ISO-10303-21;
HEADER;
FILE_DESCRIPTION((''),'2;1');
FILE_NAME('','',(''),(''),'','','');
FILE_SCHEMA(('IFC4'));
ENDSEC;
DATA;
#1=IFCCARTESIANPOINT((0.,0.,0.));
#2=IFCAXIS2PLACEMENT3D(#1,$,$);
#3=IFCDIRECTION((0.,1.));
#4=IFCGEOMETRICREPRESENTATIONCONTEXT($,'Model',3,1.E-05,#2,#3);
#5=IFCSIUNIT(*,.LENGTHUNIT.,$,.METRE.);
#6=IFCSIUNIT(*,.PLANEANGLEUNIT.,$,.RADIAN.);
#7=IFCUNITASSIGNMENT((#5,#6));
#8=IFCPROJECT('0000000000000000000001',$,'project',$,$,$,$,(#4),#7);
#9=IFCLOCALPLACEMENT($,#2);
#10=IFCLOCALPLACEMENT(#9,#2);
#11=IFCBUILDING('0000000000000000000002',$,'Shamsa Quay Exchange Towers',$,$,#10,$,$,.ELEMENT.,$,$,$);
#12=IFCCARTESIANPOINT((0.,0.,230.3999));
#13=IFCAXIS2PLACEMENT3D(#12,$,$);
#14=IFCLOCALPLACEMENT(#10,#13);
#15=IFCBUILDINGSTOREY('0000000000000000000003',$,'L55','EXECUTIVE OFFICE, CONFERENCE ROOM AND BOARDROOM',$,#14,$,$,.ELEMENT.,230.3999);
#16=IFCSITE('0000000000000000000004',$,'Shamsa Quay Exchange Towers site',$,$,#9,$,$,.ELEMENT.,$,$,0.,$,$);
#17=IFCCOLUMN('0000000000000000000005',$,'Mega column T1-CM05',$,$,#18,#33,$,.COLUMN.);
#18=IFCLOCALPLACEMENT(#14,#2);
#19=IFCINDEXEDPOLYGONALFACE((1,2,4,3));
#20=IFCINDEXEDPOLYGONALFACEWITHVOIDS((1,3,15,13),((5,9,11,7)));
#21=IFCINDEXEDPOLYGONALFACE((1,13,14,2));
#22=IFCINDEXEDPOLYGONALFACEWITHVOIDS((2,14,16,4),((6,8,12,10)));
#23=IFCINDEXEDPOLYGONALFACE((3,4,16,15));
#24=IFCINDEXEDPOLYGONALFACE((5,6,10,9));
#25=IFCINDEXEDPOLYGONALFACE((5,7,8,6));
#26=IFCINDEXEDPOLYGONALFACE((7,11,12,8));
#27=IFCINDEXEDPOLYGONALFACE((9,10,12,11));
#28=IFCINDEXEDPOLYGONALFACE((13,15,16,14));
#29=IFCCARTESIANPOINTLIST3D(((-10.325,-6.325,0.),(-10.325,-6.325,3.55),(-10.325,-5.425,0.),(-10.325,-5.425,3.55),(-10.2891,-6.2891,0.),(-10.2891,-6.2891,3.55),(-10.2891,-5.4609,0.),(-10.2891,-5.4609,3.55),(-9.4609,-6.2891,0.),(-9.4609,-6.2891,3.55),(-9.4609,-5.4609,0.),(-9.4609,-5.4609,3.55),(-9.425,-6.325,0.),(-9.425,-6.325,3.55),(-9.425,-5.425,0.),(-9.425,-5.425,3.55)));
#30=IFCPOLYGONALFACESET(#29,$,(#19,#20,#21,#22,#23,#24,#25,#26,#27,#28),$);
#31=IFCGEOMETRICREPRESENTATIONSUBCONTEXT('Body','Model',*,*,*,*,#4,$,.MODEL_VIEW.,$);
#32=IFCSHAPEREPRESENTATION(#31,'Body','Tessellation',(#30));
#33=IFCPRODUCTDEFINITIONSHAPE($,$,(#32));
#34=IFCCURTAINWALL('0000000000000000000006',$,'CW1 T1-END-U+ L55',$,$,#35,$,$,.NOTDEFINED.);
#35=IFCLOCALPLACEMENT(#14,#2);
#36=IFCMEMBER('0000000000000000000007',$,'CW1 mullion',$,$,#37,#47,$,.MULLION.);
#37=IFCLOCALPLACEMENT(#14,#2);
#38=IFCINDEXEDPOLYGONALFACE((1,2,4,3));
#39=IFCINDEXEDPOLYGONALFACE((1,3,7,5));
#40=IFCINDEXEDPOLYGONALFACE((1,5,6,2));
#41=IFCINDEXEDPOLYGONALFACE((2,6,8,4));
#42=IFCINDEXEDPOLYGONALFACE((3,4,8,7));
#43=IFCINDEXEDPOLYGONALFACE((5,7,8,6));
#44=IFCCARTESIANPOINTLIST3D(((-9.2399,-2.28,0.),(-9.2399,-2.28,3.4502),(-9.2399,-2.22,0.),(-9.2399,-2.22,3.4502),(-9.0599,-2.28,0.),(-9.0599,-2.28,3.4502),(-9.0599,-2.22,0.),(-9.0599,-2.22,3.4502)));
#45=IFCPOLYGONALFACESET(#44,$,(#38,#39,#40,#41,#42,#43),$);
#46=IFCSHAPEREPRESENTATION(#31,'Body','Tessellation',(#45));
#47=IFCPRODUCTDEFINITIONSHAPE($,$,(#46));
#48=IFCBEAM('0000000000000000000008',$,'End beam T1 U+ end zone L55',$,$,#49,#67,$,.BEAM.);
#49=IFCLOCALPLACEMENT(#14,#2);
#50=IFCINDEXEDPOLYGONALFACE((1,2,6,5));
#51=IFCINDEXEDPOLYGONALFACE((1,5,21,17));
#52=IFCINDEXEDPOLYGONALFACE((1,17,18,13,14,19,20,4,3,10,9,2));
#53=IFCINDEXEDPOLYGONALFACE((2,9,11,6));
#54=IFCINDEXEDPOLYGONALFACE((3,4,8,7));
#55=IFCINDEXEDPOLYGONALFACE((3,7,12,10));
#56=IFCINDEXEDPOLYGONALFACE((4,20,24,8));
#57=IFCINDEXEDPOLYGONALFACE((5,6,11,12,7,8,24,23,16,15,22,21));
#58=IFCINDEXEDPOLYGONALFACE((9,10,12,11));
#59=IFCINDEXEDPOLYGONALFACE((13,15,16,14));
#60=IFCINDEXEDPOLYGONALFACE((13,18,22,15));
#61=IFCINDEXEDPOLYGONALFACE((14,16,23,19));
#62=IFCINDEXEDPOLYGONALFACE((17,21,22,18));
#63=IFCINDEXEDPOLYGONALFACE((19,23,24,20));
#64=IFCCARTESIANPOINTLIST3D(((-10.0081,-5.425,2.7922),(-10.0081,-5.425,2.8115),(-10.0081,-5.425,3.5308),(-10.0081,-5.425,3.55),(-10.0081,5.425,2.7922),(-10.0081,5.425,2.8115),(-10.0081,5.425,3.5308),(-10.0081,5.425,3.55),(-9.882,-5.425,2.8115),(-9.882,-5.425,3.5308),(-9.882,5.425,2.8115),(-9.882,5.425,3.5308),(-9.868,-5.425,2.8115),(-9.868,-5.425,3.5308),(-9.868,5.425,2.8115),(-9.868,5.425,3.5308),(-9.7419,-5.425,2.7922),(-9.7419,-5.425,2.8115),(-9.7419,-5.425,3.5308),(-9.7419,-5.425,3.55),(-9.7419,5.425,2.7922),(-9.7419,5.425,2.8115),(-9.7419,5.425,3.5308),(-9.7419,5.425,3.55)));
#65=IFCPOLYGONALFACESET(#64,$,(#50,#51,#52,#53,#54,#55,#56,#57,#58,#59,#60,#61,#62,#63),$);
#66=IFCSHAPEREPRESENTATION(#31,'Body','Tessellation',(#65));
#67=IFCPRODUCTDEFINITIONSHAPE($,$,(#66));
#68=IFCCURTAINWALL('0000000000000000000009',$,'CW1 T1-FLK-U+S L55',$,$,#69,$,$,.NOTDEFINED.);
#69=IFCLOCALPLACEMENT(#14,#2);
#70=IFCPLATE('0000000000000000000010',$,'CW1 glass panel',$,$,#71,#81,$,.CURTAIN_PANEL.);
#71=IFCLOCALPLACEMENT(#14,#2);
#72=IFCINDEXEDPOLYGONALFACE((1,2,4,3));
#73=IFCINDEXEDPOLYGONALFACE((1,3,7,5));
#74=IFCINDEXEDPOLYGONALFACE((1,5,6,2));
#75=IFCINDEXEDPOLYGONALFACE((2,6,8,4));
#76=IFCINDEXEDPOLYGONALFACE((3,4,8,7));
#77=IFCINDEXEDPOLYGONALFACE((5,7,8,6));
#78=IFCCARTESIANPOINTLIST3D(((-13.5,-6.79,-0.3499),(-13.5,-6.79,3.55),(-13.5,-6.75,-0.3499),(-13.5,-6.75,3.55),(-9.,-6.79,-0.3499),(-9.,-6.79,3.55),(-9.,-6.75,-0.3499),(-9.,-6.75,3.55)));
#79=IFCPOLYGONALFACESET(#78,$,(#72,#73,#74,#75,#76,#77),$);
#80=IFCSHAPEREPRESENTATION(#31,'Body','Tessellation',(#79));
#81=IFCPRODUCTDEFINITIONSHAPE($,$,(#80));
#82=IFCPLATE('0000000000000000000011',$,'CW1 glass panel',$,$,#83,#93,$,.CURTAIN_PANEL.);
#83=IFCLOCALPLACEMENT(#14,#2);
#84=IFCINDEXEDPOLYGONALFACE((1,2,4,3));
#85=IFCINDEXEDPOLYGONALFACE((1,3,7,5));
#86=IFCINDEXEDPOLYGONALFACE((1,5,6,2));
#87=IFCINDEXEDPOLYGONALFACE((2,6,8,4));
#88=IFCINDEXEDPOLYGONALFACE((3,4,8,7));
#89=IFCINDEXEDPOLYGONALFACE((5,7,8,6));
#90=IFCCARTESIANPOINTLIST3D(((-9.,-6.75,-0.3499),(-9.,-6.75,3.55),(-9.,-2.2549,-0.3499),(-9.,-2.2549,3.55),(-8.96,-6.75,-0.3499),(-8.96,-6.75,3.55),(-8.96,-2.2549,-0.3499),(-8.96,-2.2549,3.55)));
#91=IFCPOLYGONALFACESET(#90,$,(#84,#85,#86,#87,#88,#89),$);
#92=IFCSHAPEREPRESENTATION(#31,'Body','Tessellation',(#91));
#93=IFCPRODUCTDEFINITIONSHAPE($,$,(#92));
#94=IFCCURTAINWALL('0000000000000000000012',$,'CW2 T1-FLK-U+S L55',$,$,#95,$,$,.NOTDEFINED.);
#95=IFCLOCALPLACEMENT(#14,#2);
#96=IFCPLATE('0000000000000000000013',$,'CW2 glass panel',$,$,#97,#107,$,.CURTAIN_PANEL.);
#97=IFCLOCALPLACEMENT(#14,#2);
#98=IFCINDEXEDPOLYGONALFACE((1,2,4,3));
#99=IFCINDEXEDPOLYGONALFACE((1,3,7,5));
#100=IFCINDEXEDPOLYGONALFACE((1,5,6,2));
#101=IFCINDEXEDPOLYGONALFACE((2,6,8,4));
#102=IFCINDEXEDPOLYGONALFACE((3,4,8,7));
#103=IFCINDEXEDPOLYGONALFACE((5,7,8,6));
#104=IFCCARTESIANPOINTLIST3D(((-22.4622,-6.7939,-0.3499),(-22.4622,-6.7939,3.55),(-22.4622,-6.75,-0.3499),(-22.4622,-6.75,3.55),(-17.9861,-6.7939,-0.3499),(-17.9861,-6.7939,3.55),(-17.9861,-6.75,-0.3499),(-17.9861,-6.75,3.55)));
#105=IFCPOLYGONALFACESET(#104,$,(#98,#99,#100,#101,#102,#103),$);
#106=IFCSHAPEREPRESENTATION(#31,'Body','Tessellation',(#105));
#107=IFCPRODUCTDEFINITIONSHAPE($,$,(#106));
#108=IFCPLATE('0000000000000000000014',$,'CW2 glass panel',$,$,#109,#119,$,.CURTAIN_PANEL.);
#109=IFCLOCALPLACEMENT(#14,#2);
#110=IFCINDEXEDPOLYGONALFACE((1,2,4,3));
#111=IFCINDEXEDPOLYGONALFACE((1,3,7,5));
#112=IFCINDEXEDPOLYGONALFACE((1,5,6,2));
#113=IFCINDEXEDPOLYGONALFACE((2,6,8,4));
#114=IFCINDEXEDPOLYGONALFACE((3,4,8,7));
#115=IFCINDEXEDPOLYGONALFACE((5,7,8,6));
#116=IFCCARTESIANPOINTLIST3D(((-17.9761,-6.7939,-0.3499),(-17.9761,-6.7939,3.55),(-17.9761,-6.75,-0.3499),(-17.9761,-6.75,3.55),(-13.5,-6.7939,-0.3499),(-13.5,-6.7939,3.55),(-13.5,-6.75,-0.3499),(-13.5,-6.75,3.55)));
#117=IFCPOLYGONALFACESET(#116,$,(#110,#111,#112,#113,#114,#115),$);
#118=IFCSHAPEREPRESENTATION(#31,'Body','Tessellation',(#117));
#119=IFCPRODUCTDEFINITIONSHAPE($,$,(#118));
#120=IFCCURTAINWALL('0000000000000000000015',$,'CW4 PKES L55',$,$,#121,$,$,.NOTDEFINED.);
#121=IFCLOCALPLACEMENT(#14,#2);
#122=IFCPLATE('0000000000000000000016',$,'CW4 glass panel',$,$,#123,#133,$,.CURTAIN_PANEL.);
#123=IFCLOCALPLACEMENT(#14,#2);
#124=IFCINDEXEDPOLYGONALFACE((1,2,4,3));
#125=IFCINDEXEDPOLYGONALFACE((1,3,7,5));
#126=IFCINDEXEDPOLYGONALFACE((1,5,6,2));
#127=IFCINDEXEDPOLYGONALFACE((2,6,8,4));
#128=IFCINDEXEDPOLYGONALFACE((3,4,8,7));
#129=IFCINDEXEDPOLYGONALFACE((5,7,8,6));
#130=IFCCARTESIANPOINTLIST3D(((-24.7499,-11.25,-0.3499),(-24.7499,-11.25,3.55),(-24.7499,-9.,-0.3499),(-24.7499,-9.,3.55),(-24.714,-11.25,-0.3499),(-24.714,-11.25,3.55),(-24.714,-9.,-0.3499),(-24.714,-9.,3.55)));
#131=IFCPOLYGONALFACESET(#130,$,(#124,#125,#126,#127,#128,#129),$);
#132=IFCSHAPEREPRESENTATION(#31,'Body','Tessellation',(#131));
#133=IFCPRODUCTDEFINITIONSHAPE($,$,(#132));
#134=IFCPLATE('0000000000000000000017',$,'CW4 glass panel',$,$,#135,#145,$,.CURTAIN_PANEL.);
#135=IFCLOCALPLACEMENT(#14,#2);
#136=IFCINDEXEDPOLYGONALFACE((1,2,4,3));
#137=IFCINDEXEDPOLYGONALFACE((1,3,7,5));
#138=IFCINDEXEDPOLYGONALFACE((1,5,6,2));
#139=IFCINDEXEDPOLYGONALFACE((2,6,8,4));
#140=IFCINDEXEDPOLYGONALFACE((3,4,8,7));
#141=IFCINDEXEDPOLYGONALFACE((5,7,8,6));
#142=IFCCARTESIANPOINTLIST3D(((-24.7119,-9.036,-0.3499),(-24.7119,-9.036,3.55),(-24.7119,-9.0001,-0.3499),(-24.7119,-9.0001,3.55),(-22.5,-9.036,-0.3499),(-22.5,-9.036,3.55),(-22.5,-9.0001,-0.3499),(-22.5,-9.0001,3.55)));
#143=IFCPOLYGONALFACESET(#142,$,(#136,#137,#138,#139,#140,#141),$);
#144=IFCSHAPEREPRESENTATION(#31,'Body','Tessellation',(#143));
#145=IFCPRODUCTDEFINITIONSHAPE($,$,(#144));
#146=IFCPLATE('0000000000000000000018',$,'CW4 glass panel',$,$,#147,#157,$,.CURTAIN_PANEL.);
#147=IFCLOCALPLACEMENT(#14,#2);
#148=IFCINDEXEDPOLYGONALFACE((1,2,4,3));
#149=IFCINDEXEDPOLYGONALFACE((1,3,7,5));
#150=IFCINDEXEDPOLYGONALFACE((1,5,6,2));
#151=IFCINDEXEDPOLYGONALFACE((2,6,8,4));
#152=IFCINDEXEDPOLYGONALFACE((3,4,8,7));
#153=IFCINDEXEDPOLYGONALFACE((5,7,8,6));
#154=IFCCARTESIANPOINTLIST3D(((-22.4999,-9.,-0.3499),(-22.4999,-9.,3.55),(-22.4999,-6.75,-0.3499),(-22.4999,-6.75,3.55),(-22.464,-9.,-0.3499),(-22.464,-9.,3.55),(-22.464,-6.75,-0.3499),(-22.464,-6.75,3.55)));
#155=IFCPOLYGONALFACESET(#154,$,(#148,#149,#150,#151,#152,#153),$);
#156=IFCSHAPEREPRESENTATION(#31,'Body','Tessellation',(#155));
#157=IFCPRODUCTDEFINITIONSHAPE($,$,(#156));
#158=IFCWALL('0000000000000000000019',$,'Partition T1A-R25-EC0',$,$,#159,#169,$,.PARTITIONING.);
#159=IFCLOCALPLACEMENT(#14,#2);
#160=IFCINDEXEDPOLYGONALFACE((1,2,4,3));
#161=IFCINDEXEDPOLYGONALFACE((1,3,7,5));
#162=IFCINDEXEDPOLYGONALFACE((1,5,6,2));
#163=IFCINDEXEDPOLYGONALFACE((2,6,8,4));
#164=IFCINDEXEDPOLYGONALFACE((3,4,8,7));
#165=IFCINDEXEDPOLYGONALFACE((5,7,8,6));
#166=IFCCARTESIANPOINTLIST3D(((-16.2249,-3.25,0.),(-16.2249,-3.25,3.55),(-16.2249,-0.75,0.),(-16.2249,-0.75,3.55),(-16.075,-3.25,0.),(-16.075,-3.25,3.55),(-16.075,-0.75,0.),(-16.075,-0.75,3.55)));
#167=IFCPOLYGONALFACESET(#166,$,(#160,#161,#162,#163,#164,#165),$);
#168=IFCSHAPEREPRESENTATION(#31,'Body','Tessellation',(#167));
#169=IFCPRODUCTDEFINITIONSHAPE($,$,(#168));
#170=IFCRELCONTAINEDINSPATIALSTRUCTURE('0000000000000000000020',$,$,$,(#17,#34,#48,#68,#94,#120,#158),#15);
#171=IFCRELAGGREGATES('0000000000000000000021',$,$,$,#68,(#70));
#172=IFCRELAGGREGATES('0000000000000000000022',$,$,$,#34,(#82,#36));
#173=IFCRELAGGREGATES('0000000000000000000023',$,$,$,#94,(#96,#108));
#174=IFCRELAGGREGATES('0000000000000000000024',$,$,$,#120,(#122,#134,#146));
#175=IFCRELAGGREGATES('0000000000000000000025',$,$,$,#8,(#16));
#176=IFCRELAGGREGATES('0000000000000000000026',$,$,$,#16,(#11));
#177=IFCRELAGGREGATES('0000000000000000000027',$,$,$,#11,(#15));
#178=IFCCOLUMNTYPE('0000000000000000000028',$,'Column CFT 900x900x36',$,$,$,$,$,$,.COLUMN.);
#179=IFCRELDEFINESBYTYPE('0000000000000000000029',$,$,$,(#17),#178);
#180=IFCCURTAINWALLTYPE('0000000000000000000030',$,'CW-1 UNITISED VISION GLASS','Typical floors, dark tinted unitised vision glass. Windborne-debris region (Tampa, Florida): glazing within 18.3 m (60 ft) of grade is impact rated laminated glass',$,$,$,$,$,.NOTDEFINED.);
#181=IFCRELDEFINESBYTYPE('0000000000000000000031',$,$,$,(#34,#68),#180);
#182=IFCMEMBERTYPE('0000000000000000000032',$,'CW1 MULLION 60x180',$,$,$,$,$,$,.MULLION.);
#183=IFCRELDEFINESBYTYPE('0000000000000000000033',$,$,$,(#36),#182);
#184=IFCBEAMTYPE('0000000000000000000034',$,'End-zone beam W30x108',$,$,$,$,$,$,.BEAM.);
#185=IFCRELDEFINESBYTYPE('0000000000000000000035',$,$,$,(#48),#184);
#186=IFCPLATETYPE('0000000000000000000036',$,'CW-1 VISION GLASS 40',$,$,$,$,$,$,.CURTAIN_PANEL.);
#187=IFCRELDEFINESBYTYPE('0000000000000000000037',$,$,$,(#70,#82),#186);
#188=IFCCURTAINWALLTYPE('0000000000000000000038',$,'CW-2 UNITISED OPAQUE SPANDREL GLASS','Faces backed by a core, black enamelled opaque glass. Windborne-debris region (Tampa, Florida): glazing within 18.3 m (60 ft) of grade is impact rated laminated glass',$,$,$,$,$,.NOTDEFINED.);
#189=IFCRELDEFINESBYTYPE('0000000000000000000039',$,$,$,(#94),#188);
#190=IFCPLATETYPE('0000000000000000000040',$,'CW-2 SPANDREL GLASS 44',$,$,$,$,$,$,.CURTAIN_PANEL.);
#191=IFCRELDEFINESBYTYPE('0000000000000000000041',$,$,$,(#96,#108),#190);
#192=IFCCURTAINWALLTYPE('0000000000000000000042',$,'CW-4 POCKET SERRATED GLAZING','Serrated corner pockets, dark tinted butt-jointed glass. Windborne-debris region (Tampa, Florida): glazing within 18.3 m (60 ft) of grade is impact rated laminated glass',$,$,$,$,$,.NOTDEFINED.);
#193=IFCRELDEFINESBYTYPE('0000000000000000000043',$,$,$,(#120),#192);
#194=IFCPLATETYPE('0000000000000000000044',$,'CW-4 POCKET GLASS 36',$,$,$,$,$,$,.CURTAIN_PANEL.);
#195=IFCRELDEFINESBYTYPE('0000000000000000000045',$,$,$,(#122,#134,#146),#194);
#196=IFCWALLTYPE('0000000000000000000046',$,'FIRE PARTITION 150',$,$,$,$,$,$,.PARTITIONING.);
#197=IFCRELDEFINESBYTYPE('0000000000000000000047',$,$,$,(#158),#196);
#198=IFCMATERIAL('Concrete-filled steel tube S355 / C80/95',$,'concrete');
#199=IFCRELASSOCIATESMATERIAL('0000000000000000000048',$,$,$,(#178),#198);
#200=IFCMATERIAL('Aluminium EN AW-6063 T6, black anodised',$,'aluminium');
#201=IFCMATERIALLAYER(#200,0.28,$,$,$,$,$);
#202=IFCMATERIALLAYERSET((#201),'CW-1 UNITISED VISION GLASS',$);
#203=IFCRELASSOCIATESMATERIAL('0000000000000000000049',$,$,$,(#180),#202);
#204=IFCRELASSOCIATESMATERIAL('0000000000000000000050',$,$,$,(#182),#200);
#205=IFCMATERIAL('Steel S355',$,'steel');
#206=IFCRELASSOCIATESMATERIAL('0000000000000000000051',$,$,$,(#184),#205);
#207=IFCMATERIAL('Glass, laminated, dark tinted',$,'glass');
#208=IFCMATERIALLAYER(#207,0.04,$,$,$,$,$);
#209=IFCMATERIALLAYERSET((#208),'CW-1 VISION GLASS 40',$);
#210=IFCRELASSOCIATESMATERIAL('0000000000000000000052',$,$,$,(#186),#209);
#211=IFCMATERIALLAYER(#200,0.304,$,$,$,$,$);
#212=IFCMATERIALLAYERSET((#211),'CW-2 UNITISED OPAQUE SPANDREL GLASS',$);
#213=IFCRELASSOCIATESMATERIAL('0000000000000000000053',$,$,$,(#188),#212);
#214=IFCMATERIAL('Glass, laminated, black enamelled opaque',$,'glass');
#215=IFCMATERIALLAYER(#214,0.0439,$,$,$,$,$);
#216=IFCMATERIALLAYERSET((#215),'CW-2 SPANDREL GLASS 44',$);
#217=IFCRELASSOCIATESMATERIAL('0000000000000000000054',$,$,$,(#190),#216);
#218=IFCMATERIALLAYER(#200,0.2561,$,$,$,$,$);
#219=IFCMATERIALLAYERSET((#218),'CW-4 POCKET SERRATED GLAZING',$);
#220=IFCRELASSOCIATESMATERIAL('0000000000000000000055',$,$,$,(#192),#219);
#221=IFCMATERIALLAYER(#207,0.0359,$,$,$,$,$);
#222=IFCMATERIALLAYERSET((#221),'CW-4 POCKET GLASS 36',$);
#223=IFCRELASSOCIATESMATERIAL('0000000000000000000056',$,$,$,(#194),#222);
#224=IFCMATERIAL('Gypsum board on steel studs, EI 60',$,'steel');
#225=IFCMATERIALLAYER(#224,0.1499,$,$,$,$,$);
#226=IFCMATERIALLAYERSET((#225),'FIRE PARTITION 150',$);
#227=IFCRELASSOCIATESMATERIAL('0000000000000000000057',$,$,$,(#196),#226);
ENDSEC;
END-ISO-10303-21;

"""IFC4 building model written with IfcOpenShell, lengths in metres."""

from ifc_helpers import new_model, si_unit, direction, frame, frame_2d, origin, origin_2d, place, context, subcontext, project, spatial, rectangle, hollow_rectangle, i_section, extrude, material, layer, layer_set, material_profile, profile_set, type_object, element, aggregate, save


model = new_model("IFC4")

# Units and contexts
model_context = context("Model", 3, precision=1e-05, world=origin(), true_north=direction((0.0, 1.0)))
body_context = subcontext(model_context, "Body", "Model", "MODEL_VIEW")
ifc_project = project(units=[si_unit("LENGTHUNIT", "METRE"), si_unit("PLANEANGLEUNIT", "RADIAN")], contexts=[model_context])

# Site, building, storey
site_placement = place(None, origin())
site = spatial("IfcSite", under=ifc_project, at=site_placement, Name="Shamsa Quay Exchange Towers site", CompositionType="ELEMENT", RefElevation=0.0)
building_placement = place(site_placement, origin())
building = spatial("IfcBuilding", under=site, at=building_placement, Name="Shamsa Quay Exchange Towers", CompositionType="ELEMENT")
storey_placement = place(building_placement, frame((0.0, 0.0, 230.3999)))
storey = spatial("IfcBuildingStorey", under=building, at=storey_placement, Name="L55", Description="EXECUTIVE OFFICE, CONFERENCE ROOM AND BOARDROOM", CompositionType="ELEMENT", Elevation=230.3999)

# Column
ifc_material_1 = material(Name="Concrete-filled steel tube S355 / C80/95", Category="concrete")
ifc_material_profile_1 = material_profile(ifc_material_1, hollow_rectangle(XDim=0.8999, YDim=0.8999, WallThickness=0.0359, at=origin_2d()), Name="CFT 900x900x36")
ifc_profile_set_1 = profile_set([ifc_material_profile_1], Name="Concrete-filled steel tube S355 / C80/95")
column_type = type_object("IfcColumnType", Name="Column CFT 900x900x36", PredefinedType="COLUMN", material=ifc_profile_set_1)
column_placement = place(storey_placement, frame((-9.875, -5.875, 0.0)))
element("IfcColumn", 1, at=column_placement, inside=storey, type_object=column_type, Name="Mega column T1-CM05", PredefinedType="COLUMN", context=body_context, shape_type="SweptSolid", body=[
    extrude(hollow_rectangle(XDim=0.8999, YDim=0.8999, WallThickness=0.0359, at=origin_2d()), origin(), (0.0, 0.0, 1.0), 3.55),
])

# Curtain wall, member
ifc_material_2 = material(Name="Aluminium EN AW-6063 T6, black anodised", Category="aluminium")
ifc_layer_1 = layer(ifc_material_2, 0.28)
ifc_layer_set_1 = layer_set([ifc_layer_1], Name="CW-1 UNITISED VISION GLASS")
curtain_wall_type_1 = type_object("IfcCurtainWallType", Name="CW-1 UNITISED VISION GLASS", Description="Typical floors, dark tinted unitised vision glass. Windborne-debris region (Tampa, Florida): glazing within 18.3 m (60 ft) of grade is impact rated laminated glass", PredefinedType="NOTDEFINED", material=ifc_layer_set_1)
curtain_wall_1_placement = place(storey_placement, origin())
curtain_wall_1 = element("IfcCurtainWall", 2, at=curtain_wall_1_placement, inside=storey, type_object=curtain_wall_type_1, Name="CW1 T1-END-U+ L55", PredefinedType="NOTDEFINED")
ifc_material_profile_2 = material_profile(ifc_material_2, rectangle(XDim=0.1799, YDim=0.0601, at=origin_2d()), Name="MU60x180")
ifc_profile_set_2 = profile_set([ifc_material_profile_2], Name="Aluminium EN AW-6063 T6, black anodised")
member_type = type_object("IfcMemberType", Name="CW1 MULLION 60x180", PredefinedType="MULLION", material=ifc_profile_set_2)
member_placement = place(storey_placement, frame((-9.1499, -2.25, 0.0), z_axis=(0.0, 0.0, 1.0), x_axis=(-1.0, 0.0, 0.0)))
member = element("IfcMember", 3, at=member_placement, type_object=member_type, Name="CW1 mullion", PredefinedType="MULLION", context=body_context, shape_type="SweptSolid", body=[
    extrude(rectangle(XDim=0.1799, YDim=0.0601, at=origin_2d()), origin(), (0.0, 0.0, 1.0), 3.4502),
])

# Beam
ifc_material_3 = material(Name="Steel S355", Category="steel")
ifc_material_profile_3 = material_profile(ifc_material_3, i_section(OverallWidth=0.2661, OverallDepth=0.7578, WebThickness=0.0139, FlangeThickness=0.0193, at=origin_2d()), Name="W30x108")
ifc_profile_set_3 = profile_set([ifc_material_profile_3], Name="Steel S355")
beam_type = type_object("IfcBeamType", Name="End-zone beam W30x108", PredefinedType="BEAM", material=ifc_profile_set_3)
beam_placement = place(storey_placement, frame((-9.875, -5.425, 3.1711), z_axis=(0.0, 1.0, 0.0), x_axis=(-1.0, 0.0, 0.0)))
element("IfcBeam", 4, at=beam_placement, inside=storey, type_object=beam_type, Name="End beam T1 U+ end zone L55", PredefinedType="BEAM", context=body_context, shape_type="SweptSolid", body=[
    extrude(i_section(OverallWidth=0.2661, OverallDepth=0.7578, WebThickness=0.0139, FlangeThickness=0.0193, at=origin_2d()), origin(), (0.0, 0.0, 1.0), 10.8501),
])

# Curtain wall, plate
curtain_wall_2_placement = place(storey_placement, origin())
curtain_wall_2 = element("IfcCurtainWall", 5, at=curtain_wall_2_placement, inside=storey, type_object=curtain_wall_type_1, Name="CW1 T1-FLK-U+S L55", PredefinedType="NOTDEFINED")
ifc_material_4 = material(Name="Glass, laminated, dark tinted", Category="glass")
ifc_layer_2 = layer(ifc_material_4, 0.04)
ifc_layer_set_2 = layer_set([ifc_layer_2], Name="CW-1 VISION GLASS 40")
plate_type_1 = type_object("IfcPlateType", Name="CW-1 VISION GLASS 40", PredefinedType="CURTAIN_PANEL", material=ifc_layer_set_2)
plate_1_placement = place(storey_placement, frame((-11.25, -6.77, -0.3499)))
plate_1 = element("IfcPlate", 6, at=plate_1_placement, type_object=plate_type_1, Name="CW1 glass panel", PredefinedType="CURTAIN_PANEL", context=body_context, shape_type="SweptSolid", body=[
    extrude(rectangle(XDim=4.5, YDim=0.04, at=origin_2d()), origin(), (0.0, 0.0, 1.0), 3.8999),
])
aggregate(curtain_wall_2, [plate_1])

# Plate
plate_2_placement = place(storey_placement, frame((-8.98, -4.5024, -0.3499), z_axis=(0.0, 0.0, 1.0), x_axis=(0.0, 1.0, 0.0)))
plate_2 = element("IfcPlate", 7, at=plate_2_placement, type_object=plate_type_1, Name="CW1 glass panel", PredefinedType="CURTAIN_PANEL", context=body_context, shape_type="SweptSolid", body=[
    extrude(rectangle(XDim=4.4951, YDim=0.04, at=origin_2d()), origin(), (0.0, 0.0, 1.0), 3.8999),
])
aggregate(curtain_wall_1, [plate_2, member])

# Curtain walls, plates
ifc_layer_3 = layer(ifc_material_2, 0.304)
ifc_layer_set_3 = layer_set([ifc_layer_3], Name="CW-2 UNITISED OPAQUE SPANDREL GLASS")
curtain_wall_type_2 = type_object("IfcCurtainWallType", Name="CW-2 UNITISED OPAQUE SPANDREL GLASS", Description="Faces backed by a core, black enamelled opaque glass. Windborne-debris region (Tampa, Florida): glazing within 18.3 m (60 ft) of grade is impact rated laminated glass", PredefinedType="NOTDEFINED", material=ifc_layer_set_3)
curtain_wall_3_placement = place(storey_placement, origin())
curtain_wall_3 = element("IfcCurtainWall", 8, at=curtain_wall_3_placement, inside=storey, type_object=curtain_wall_type_2, Name="CW2 T1-FLK-U+S L55", PredefinedType="NOTDEFINED")
ifc_material_5 = material(Name="Glass, laminated, black enamelled opaque", Category="glass")
ifc_layer_4 = layer(ifc_material_5, 0.0439)
ifc_layer_set_4 = layer_set([ifc_layer_4], Name="CW-2 SPANDREL GLASS 44")
plate_type_2 = type_object("IfcPlateType", Name="CW-2 SPANDREL GLASS 44", PredefinedType="CURTAIN_PANEL", material=ifc_layer_set_4)
plate_3_placement = place(storey_placement, frame((-20.2241, -6.772, -0.3499)))
plate_3 = element("IfcPlate", 9, at=plate_3_placement, type_object=plate_type_2, Name="CW2 glass panel", PredefinedType="CURTAIN_PANEL", context=body_context, shape_type="SweptSolid", body=[
    extrude(rectangle(XDim=4.4761, YDim=0.0439, at=origin_2d()), origin(), (0.0, 0.0, 1.0), 3.8999),
])
plate_4_placement = place(storey_placement, frame((-15.738, -6.772, -0.3499)))
plate_4 = element("IfcPlate", 10, at=plate_4_placement, type_object=plate_type_2, Name="CW2 glass panel", PredefinedType="CURTAIN_PANEL", context=body_context, shape_type="SweptSolid", body=[
    extrude(rectangle(XDim=4.4761, YDim=0.0439, at=origin_2d()), origin(), (0.0, 0.0, 1.0), 3.8999),
])
aggregate(curtain_wall_3, [plate_3, plate_4])
ifc_layer_5 = layer(ifc_material_2, 0.2561)
ifc_layer_set_5 = layer_set([ifc_layer_5], Name="CW-4 POCKET SERRATED GLAZING")
curtain_wall_type_3 = type_object("IfcCurtainWallType", Name="CW-4 POCKET SERRATED GLAZING", Description="Serrated corner pockets, dark tinted butt-jointed glass. Windborne-debris region (Tampa, Florida): glazing within 18.3 m (60 ft) of grade is impact rated laminated glass", PredefinedType="NOTDEFINED", material=ifc_layer_set_5)
curtain_wall_4_placement = place(storey_placement, origin())
curtain_wall_4 = element("IfcCurtainWall", 11, at=curtain_wall_4_placement, inside=storey, type_object=curtain_wall_type_3, Name="CW4 PKES L55", PredefinedType="NOTDEFINED")
ifc_layer_6 = layer(ifc_material_4, 0.0359)
ifc_layer_set_6 = layer_set([ifc_layer_6], Name="CW-4 POCKET GLASS 36")
plate_type_3 = type_object("IfcPlateType", Name="CW-4 POCKET GLASS 36", PredefinedType="CURTAIN_PANEL", material=ifc_layer_set_6)
plate_5_placement = place(storey_placement, frame((-24.7319, -10.125, -0.3499), z_axis=(0.0, 0.0, 1.0), x_axis=(0.0, 1.0, 0.0)))
plate_5 = element("IfcPlate", 12, at=plate_5_placement, type_object=plate_type_3, Name="CW4 glass panel", PredefinedType="CURTAIN_PANEL", context=body_context, shape_type="SweptSolid", body=[
    extrude(rectangle(XDim=2.25, YDim=0.0359, at=origin_2d()), origin(), (0.0, 0.0, 1.0), 3.8999),
])
plate_6_placement = place(storey_placement, frame((-23.606, -9.0181, -0.3499)))
plate_6 = element("IfcPlate", 13, at=plate_6_placement, type_object=plate_type_3, Name="CW4 glass panel", PredefinedType="CURTAIN_PANEL", context=body_context, shape_type="SweptSolid", body=[
    extrude(rectangle(XDim=2.2119, YDim=0.0359, at=origin_2d()), origin(), (0.0, 0.0, 1.0), 3.8999),
])
plate_7_placement = place(storey_placement, frame((-22.4819, -7.875, -0.3499), z_axis=(0.0, 0.0, 1.0), x_axis=(0.0, 1.0, 0.0)))
plate_7 = element("IfcPlate", 14, at=plate_7_placement, type_object=plate_type_3, Name="CW4 glass panel", PredefinedType="CURTAIN_PANEL", context=body_context, shape_type="SweptSolid", body=[
    extrude(rectangle(XDim=2.25, YDim=0.0359, at=origin_2d()), origin(), (0.0, 0.0, 1.0), 3.8999),
])
aggregate(curtain_wall_4, [plate_5, plate_6, plate_7])

# Wall
ifc_material_6 = material(Name="Gypsum board on steel studs, EI 60", Category="steel")
ifc_layer_7 = layer(ifc_material_6, 0.1499)
ifc_layer_set_7 = layer_set([ifc_layer_7], Name="FIRE PARTITION 150")
wall_type_1 = type_object("IfcWallType", Name="FIRE PARTITION 150", PredefinedType="PARTITIONING", material=ifc_layer_set_7)
wall_1_placement = place(storey_placement, frame((-16.1499, -3.25, 0.0), z_axis=(0.0, 0.0, 1.0), x_axis=(0.0, 1.0, 0.0)))
element("IfcWall", 15, at=wall_1_placement, inside=storey, type_object=wall_type_1, Name="Partition T1A-R25-EC0", PredefinedType="PARTITIONING", context=body_context, shape_type="SweptSolid", body=[
    extrude(rectangle(XDim=2.5, YDim=0.1499, at=frame_2d((1.25, 0.0))), origin(), (0.0, 0.0, 1.0), 3.55),
])

save(model, "model.ifc")
